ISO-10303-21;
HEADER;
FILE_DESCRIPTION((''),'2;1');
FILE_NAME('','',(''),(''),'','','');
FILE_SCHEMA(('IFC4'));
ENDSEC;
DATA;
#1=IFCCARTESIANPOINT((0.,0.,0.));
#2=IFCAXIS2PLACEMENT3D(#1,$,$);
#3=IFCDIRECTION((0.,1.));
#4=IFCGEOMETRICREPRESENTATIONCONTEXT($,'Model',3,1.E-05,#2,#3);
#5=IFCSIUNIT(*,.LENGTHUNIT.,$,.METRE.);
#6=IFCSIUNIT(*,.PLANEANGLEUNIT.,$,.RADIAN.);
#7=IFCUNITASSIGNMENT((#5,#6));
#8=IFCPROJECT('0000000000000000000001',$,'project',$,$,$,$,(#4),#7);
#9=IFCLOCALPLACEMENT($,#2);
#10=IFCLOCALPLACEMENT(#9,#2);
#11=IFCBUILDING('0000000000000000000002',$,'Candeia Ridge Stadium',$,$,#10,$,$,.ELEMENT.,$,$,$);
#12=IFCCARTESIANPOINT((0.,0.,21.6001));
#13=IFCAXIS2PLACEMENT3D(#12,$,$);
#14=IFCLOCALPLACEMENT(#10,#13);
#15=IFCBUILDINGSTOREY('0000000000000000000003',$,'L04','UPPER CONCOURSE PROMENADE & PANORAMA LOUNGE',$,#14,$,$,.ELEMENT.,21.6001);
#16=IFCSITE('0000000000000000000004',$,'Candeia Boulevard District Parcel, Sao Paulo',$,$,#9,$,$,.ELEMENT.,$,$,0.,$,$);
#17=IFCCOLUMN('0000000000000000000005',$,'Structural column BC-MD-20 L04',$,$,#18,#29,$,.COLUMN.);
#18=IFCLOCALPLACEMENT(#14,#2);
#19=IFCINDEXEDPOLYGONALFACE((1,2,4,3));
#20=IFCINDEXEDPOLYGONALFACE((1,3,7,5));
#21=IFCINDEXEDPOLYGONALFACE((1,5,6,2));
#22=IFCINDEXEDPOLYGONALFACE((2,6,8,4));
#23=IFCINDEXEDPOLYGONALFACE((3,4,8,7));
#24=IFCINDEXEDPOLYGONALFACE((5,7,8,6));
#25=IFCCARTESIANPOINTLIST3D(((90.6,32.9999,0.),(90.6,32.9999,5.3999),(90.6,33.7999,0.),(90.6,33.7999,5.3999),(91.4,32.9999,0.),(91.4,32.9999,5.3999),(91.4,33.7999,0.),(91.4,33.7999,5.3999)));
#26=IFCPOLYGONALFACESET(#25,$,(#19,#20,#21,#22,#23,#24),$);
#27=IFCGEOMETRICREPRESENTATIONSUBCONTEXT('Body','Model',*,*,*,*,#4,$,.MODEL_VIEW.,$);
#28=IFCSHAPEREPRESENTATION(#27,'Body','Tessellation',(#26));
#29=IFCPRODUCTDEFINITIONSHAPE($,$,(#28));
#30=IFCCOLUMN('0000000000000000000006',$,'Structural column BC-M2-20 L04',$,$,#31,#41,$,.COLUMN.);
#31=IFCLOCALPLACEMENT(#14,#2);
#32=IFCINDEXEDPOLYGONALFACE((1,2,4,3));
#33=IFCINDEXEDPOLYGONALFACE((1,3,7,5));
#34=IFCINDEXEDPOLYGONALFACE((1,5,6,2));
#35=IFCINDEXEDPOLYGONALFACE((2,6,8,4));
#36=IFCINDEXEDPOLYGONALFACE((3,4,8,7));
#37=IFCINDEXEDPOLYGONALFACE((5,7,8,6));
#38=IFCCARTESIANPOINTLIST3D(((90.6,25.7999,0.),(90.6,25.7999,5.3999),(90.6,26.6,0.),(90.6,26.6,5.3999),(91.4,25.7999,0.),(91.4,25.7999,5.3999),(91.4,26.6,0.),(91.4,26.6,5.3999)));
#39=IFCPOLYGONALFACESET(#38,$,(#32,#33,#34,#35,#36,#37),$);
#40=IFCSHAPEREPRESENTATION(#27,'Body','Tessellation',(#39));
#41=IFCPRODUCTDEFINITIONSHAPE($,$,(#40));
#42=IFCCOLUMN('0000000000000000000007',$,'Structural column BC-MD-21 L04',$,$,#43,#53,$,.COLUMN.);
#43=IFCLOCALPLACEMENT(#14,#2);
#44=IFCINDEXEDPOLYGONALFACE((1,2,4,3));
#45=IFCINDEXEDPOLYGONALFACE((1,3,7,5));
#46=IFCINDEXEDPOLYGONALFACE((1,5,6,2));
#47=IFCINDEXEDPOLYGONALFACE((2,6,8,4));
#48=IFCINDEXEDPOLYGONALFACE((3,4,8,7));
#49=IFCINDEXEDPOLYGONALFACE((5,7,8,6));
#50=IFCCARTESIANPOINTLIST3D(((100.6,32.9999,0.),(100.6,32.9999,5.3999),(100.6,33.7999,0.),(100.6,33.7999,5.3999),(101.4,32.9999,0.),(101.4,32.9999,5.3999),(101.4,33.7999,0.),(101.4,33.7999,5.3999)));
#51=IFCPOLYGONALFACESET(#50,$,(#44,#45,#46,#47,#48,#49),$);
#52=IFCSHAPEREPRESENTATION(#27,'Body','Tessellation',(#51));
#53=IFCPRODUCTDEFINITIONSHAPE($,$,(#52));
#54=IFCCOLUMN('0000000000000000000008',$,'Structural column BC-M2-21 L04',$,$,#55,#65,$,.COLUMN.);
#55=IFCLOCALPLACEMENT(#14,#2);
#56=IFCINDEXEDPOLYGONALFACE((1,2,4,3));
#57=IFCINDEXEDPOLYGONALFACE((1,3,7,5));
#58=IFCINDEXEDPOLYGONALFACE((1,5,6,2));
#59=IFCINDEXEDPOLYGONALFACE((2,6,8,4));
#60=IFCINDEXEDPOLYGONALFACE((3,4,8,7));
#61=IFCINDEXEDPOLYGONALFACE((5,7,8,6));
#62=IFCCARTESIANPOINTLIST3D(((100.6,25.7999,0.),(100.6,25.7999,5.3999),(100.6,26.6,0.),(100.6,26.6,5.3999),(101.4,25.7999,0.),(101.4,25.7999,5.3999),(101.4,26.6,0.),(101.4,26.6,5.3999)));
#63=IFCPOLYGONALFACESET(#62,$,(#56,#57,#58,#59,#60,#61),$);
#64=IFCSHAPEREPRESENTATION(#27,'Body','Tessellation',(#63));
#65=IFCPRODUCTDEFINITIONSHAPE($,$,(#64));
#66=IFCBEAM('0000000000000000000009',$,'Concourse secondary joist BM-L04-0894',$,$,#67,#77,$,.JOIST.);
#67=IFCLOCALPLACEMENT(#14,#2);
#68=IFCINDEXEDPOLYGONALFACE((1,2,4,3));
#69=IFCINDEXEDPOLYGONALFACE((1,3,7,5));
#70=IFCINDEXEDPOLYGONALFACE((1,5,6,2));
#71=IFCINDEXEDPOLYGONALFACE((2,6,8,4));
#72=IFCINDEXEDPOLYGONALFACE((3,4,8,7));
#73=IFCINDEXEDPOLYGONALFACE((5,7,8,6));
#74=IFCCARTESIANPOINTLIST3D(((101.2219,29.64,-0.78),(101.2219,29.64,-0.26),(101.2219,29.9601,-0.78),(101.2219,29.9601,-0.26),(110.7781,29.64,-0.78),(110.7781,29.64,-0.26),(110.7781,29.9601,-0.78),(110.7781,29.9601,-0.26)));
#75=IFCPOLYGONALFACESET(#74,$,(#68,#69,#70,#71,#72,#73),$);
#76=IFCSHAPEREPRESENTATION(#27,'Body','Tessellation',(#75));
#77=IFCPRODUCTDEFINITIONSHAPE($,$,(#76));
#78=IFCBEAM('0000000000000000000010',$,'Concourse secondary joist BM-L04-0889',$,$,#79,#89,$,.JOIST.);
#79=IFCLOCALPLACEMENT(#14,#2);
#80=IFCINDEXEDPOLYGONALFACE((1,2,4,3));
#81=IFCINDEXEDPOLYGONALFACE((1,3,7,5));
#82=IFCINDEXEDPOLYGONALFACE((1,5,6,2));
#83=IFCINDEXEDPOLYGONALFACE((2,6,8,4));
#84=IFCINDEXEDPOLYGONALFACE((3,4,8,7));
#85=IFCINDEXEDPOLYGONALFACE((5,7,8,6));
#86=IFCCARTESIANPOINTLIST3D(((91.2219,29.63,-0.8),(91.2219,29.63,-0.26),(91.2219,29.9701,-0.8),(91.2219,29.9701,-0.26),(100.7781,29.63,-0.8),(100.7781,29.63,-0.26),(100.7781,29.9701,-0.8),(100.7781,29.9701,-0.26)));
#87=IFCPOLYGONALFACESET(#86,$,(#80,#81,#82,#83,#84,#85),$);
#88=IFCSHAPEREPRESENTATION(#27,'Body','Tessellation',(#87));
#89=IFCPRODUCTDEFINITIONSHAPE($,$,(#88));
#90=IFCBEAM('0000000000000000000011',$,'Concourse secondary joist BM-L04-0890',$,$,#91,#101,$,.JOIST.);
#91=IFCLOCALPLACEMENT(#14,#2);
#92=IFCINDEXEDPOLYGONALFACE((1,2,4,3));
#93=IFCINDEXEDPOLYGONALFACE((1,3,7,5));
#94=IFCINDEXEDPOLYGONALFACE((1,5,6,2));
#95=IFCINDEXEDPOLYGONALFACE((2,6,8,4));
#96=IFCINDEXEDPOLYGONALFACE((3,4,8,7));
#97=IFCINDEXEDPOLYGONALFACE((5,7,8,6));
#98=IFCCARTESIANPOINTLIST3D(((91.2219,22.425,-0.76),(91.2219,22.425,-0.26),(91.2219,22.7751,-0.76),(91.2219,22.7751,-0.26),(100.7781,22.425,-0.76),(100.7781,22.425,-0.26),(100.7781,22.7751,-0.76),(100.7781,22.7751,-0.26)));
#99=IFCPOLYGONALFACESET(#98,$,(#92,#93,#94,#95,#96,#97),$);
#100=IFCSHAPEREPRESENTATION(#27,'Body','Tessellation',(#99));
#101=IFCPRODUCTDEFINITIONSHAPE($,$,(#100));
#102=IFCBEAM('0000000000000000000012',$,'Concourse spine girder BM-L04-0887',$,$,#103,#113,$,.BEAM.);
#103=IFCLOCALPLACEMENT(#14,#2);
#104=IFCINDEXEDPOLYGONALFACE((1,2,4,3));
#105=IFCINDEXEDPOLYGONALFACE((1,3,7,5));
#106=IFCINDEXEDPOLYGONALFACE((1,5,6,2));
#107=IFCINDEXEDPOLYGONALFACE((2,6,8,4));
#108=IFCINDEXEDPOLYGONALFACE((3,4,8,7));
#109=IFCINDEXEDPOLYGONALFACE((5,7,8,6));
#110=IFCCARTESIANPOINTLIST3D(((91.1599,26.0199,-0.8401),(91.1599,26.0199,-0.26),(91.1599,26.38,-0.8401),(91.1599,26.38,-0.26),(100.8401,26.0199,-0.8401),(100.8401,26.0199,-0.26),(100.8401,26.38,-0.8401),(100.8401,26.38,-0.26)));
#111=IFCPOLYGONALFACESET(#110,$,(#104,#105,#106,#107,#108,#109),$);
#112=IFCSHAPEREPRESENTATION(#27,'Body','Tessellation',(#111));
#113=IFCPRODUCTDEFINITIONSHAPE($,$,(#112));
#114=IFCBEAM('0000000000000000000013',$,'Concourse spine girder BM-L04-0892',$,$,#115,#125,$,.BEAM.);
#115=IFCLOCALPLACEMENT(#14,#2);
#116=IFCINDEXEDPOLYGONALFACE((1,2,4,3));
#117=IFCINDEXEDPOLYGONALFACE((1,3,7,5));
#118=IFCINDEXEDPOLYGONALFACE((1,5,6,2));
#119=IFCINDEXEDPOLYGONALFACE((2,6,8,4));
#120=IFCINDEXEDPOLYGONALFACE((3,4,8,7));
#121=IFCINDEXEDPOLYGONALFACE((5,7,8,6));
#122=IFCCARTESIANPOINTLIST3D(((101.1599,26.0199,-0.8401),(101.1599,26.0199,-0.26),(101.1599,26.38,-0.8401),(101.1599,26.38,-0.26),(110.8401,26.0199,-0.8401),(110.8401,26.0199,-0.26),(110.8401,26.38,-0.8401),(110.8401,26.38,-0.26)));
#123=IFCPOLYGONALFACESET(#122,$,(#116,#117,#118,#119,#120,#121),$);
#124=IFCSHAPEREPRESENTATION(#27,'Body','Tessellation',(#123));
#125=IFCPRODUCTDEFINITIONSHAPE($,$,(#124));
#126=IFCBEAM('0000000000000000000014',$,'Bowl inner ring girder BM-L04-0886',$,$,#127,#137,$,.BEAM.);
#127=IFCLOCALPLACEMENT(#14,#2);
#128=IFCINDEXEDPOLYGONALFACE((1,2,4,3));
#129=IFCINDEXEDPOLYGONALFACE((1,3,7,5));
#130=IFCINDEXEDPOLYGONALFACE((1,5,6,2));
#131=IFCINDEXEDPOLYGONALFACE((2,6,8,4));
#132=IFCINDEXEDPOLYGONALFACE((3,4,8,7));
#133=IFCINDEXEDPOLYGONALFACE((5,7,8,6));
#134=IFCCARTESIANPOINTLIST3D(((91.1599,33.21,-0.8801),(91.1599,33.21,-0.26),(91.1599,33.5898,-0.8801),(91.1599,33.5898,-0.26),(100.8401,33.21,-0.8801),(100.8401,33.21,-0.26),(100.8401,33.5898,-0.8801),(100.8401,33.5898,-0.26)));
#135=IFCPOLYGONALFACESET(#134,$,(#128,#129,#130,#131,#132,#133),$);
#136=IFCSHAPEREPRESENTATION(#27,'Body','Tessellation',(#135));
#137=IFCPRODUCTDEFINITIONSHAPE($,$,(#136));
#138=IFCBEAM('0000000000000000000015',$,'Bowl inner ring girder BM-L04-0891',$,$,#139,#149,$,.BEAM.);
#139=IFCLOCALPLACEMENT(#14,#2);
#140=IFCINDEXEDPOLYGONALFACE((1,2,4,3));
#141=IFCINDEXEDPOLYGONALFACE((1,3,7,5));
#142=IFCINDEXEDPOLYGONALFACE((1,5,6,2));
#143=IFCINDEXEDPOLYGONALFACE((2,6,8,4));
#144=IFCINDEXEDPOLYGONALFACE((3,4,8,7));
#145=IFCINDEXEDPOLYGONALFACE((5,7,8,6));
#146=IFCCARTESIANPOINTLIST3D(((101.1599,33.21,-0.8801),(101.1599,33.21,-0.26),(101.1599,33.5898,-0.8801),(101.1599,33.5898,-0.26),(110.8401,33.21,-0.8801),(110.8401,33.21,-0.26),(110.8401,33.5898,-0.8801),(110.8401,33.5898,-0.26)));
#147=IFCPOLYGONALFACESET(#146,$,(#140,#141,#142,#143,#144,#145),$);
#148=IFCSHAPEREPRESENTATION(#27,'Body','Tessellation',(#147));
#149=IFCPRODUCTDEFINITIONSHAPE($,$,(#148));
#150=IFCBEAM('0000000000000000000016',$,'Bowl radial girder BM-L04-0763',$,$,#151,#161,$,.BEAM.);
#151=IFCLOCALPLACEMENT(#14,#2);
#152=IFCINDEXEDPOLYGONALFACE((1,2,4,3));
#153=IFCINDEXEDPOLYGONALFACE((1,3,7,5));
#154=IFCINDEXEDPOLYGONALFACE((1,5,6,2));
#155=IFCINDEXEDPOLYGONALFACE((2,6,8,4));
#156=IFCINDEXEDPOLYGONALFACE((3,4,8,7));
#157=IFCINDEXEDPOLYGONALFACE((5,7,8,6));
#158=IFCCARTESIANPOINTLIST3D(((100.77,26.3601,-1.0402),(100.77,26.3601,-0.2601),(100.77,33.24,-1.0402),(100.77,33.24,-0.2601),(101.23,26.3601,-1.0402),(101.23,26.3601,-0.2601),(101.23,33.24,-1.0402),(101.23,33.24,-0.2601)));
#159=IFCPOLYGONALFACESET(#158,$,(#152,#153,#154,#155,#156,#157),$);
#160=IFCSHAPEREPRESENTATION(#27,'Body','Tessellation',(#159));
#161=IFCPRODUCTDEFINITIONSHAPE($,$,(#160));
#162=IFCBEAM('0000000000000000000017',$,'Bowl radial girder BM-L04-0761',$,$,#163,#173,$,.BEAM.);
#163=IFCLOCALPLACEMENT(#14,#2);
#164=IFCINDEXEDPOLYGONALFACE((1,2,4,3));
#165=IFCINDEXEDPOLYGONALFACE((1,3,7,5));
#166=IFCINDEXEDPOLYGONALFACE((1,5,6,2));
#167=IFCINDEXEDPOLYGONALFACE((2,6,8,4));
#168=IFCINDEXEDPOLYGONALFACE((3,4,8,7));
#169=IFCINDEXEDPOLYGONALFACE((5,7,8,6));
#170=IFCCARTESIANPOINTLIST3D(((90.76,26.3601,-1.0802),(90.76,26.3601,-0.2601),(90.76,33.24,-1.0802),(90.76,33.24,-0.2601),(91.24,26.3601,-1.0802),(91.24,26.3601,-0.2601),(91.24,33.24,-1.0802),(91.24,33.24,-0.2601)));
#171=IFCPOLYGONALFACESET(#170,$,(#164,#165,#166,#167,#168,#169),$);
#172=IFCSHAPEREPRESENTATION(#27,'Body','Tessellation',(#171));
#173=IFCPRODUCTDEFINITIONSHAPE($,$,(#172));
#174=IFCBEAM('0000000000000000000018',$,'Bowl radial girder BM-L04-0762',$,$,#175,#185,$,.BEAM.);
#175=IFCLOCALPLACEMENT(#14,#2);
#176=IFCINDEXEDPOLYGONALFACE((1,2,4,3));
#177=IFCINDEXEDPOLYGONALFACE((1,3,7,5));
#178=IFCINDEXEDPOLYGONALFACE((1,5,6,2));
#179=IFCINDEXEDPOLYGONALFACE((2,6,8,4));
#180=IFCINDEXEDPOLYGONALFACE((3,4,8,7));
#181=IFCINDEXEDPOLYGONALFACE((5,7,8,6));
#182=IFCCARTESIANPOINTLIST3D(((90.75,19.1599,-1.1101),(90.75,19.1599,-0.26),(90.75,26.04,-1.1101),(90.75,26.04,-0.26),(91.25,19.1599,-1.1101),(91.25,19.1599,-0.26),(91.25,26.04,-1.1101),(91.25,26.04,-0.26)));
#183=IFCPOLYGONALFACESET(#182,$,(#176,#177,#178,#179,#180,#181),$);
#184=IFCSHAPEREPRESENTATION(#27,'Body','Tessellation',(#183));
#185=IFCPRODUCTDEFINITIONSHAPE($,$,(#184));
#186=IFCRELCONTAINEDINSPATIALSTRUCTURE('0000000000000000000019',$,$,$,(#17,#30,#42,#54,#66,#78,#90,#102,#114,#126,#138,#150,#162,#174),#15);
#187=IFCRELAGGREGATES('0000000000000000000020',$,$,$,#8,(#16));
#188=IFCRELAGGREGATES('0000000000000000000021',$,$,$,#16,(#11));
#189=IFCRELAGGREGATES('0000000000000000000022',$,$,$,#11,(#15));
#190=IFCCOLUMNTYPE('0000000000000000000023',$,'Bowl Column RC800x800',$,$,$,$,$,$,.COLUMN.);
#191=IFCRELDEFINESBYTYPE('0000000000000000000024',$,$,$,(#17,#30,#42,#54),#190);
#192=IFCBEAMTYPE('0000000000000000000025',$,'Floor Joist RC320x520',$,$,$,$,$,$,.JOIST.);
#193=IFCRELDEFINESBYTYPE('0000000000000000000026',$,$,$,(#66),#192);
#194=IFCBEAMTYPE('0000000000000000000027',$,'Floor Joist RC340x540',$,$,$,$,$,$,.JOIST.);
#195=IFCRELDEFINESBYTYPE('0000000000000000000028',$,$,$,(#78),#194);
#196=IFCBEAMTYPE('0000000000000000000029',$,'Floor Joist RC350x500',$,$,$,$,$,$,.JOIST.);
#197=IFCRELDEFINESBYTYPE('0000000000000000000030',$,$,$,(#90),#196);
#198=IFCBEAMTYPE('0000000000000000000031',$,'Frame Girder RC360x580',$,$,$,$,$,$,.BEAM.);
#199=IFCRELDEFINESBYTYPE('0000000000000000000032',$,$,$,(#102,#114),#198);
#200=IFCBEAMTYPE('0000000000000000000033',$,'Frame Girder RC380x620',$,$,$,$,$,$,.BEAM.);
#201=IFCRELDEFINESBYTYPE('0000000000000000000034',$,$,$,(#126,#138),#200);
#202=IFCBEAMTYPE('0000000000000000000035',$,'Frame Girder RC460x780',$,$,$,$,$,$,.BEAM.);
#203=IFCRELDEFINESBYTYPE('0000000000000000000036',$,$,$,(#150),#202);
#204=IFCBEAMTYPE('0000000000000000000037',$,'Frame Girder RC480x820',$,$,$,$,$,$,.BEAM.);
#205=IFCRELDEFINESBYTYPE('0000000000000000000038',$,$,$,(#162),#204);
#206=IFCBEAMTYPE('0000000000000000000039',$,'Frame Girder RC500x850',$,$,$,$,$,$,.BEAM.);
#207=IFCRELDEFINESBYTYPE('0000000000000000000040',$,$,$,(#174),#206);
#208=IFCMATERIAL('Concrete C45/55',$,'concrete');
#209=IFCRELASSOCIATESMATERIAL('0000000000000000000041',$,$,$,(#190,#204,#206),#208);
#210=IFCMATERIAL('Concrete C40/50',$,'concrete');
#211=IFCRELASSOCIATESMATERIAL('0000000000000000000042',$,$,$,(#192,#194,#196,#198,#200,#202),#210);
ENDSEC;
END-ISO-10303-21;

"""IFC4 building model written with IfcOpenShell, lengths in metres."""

from ifc_helpers import new_model, si_unit, direction, frame, origin, origin_2d, place, context, subcontext, project, spatial, rectangle, extrude, material, material_profile, profile_set, type_object, element, save


model = new_model("IFC4")

# Units and contexts
model_context = context("Model", 3, precision=1e-05, world=origin(), true_north=direction((0.0, 1.0)))
body_context = subcontext(model_context, "Body", "Model", "MODEL_VIEW")
ifc_project = project(units=[si_unit("LENGTHUNIT", "METRE"), si_unit("PLANEANGLEUNIT", "RADIAN")], contexts=[model_context])

# Site, building, storey
site_placement = place(None, origin())
site = spatial("IfcSite", under=ifc_project, at=site_placement, Name="Candeia Boulevard District Parcel, Sao Paulo", CompositionType="ELEMENT", RefElevation=0.0)
building_placement = place(site_placement, origin())
building = spatial("IfcBuilding", under=site, at=building_placement, Name="Candeia Ridge Stadium", CompositionType="ELEMENT")
storey_placement = place(building_placement, frame((0.0, 0.0, 21.6001)))
storey = spatial("IfcBuildingStorey", under=building, at=storey_placement, Name="L04", Description="UPPER CONCOURSE PROMENADE & PANORAMA LOUNGE", CompositionType="ELEMENT", Elevation=21.6001)

# Columns
ifc_material_1 = material(Name="Concrete C45/55", Category="concrete")
ifc_material_profile_1 = material_profile(ifc_material_1, rectangle(XDim=0.8, YDim=0.8, at=origin_2d()), Name="RC800x800", Category="concrete")
ifc_profile_set_1 = profile_set([ifc_material_profile_1], Name="Concrete C45/55")
column_type = type_object("IfcColumnType", Name="Bowl Column RC800x800", PredefinedType="COLUMN", material=ifc_profile_set_1)
for number, where, z_axis, x_axis, name in (
    (1, (91.0, 33.3999, 0.0), (0.0, 0.0, 1.0), (1.0, 0.0, 0.0), "Structural column BC-MD-20 L04"),
    (2, (91.0, 26.2, 0.0), (0.0, 0.0, 1.0), (1.0, 0.0, 0.0), "Structural column BC-M2-20 L04"),
    (3, (101.0, 33.3999, 0.0), (0.0, 0.0, 1.0), (1.0, 0.0, 0.0), "Structural column BC-MD-21 L04"),
    (4, (101.0, 26.2, 0.0), (0.0, 0.0, 1.0), (1.0, 0.0, 0.0), "Structural column BC-M2-21 L04"),
):
    element("IfcColumn", number, at=place(storey_placement, frame(where, z_axis=z_axis, x_axis=x_axis)), inside=storey, type_object=column_type, Name=name, PredefinedType="COLUMN", context=body_context, shape_type="SweptSolid", body=[
        extrude(rectangle(XDim=0.8, YDim=0.8, at=origin_2d()), origin(), (0.0, 0.0, 1.0), 5.3999),
    ])

# Beams
ifc_material_2 = material(Name="Concrete C40/50", Category="concrete")
ifc_material_profile_2 = material_profile(ifc_material_2, rectangle(XDim=0.3201, YDim=0.52, at=origin_2d()), Name="RC320x520", Category="concrete")
ifc_profile_set_2 = profile_set([ifc_material_profile_2], Name="Concrete C40/50")
beam_type_1 = type_object("IfcBeamType", Name="Floor Joist RC320x520", PredefinedType="JOIST", material=ifc_profile_set_2)
beam_1_placement = place(storey_placement, frame((101.2219, 29.8, -0.52), z_axis=(1.0, 0.0, 0.0), x_axis=(0.0, 1.0, 0.0)))
element("IfcBeam", 5, at=beam_1_placement, inside=storey, type_object=beam_type_1, Name="Concourse secondary joist BM-L04-0894", PredefinedType="JOIST", context=body_context, shape_type="SweptSolid", body=[
    extrude(rectangle(XDim=0.3201, YDim=0.52, at=origin_2d()), origin(), (0.0, 0.0, 1.0), 9.5562),
])
ifc_material_profile_3 = material_profile(ifc_material_2, rectangle(XDim=0.3401, YDim=0.54, at=origin_2d()), Name="RC340x540", Category="concrete")
ifc_profile_set_3 = profile_set([ifc_material_profile_3], Name="Concrete C40/50")
beam_type_2 = type_object("IfcBeamType", Name="Floor Joist RC340x540", PredefinedType="JOIST", material=ifc_profile_set_3)
beam_2_placement = place(storey_placement, frame((91.2219, 29.8, -0.53), z_axis=(1.0, 0.0, 0.0), x_axis=(0.0, 1.0, 0.0)))
element("IfcBeam", 6, at=beam_2_placement, inside=storey, type_object=beam_type_2, Name="Concourse secondary joist BM-L04-0889", PredefinedType="JOIST", context=body_context, shape_type="SweptSolid", body=[
    extrude(rectangle(XDim=0.3401, YDim=0.54, at=origin_2d()), origin(), (0.0, 0.0, 1.0), 9.5562),
])
ifc_material_profile_4 = material_profile(ifc_material_2, rectangle(XDim=0.3501, YDim=0.5, at=origin_2d()), Name="RC350x500", Category="concrete")
ifc_profile_set_4 = profile_set([ifc_material_profile_4], Name="Concrete C40/50")
beam_type_3 = type_object("IfcBeamType", Name="Floor Joist RC350x500", PredefinedType="JOIST", material=ifc_profile_set_4)
beam_3_placement = place(storey_placement, frame((91.2219, 22.6001, -0.51), z_axis=(1.0, 0.0, 0.0), x_axis=(0.0, 1.0, 0.0)))
element("IfcBeam", 7, at=beam_3_placement, inside=storey, type_object=beam_type_3, Name="Concourse secondary joist BM-L04-0890", PredefinedType="JOIST", context=body_context, shape_type="SweptSolid", body=[
    extrude(rectangle(XDim=0.3501, YDim=0.5, at=origin_2d()), origin(), (0.0, 0.0, 1.0), 9.5562),
])
ifc_material_profile_5 = material_profile(ifc_material_2, rectangle(XDim=0.3601, YDim=0.5801, at=origin_2d()), Name="RC360x580", Category="concrete")
ifc_profile_set_5 = profile_set([ifc_material_profile_5], Name="Concrete C40/50")
beam_type_4 = type_object("IfcBeamType", Name="Frame Girder RC360x580", PredefinedType="BEAM", material=ifc_profile_set_5)
for number, where, z_axis, x_axis, name in (
    (8, (91.1599, 26.2, -0.55), (1.0, 0.0, 0.0), (0.0, 1.0, 0.0), "Concourse spine girder BM-L04-0887"),
    (9, (101.1599, 26.2, -0.55), (1.0, 0.0, 0.0), (0.0, 1.0, 0.0), "Concourse spine girder BM-L04-0892"),
):
    element("IfcBeam", number, at=place(storey_placement, frame(where, z_axis=z_axis, x_axis=x_axis)), inside=storey, type_object=beam_type_4, Name=name, PredefinedType="BEAM", context=body_context, shape_type="SweptSolid", body=[
        extrude(rectangle(XDim=0.3601, YDim=0.5801, at=origin_2d()), origin(), (0.0, 0.0, 1.0), 9.6802),
    ])
ifc_material_profile_6 = material_profile(ifc_material_2, rectangle(XDim=0.3799, YDim=0.6201, at=origin_2d()), Name="RC380x620", Category="concrete")
ifc_profile_set_6 = profile_set([ifc_material_profile_6], Name="Concrete C40/50")
beam_type_5 = type_object("IfcBeamType", Name="Frame Girder RC380x620", PredefinedType="BEAM", material=ifc_profile_set_6)
for number, where, z_axis, x_axis, name in (
    (10, (91.1599, 33.3999, -0.5701), (1.0, 0.0, 0.0), (0.0, 1.0, 0.0), "Bowl inner ring girder BM-L04-0886"),
    (11, (101.1599, 33.3999, -0.5701), (1.0, 0.0, 0.0), (0.0, 1.0, 0.0), "Bowl inner ring girder BM-L04-0891"),
):
    element("IfcBeam", number, at=place(storey_placement, frame(where, z_axis=z_axis, x_axis=x_axis)), inside=storey, type_object=beam_type_5, Name=name, PredefinedType="BEAM", context=body_context, shape_type="SweptSolid", body=[
        extrude(rectangle(XDim=0.3799, YDim=0.6201, at=origin_2d()), origin(), (0.0, 0.0, 1.0), 9.6802),
    ])
ifc_material_profile_7 = material_profile(ifc_material_2, rectangle(XDim=0.46, YDim=0.78, at=origin_2d()), Name="RC460x780", Category="concrete")
ifc_profile_set_7 = profile_set([ifc_material_profile_7], Name="Concrete C40/50")
beam_type_6 = type_object("IfcBeamType", Name="Frame Girder RC460x780", PredefinedType="BEAM", material=ifc_profile_set_7)
beam_4_placement = place(storey_placement, frame((101.0, 33.24, -0.6501), z_axis=(0.0, -1.0, 0.0), x_axis=(1.0, 0.0, 0.0)))
element("IfcBeam", 12, at=beam_4_placement, inside=storey, type_object=beam_type_6, Name="Bowl radial girder BM-L04-0763", PredefinedType="BEAM", context=body_context, shape_type="SweptSolid", body=[
    extrude(rectangle(XDim=0.46, YDim=0.78, at=origin_2d()), origin(), (0.0, 0.0, 1.0), 6.8799),
])
ifc_material_profile_8 = material_profile(ifc_material_1, rectangle(XDim=0.48, YDim=0.8201, at=origin_2d()), Name="RC480x820", Category="concrete")
ifc_profile_set_8 = profile_set([ifc_material_profile_8], Name="Concrete C45/55")
beam_type_7 = type_object("IfcBeamType", Name="Frame Girder RC480x820", PredefinedType="BEAM", material=ifc_profile_set_8)
beam_5_placement = place(storey_placement, frame((91.0, 33.24, -0.6702), z_axis=(0.0, -1.0, 0.0), x_axis=(1.0, 0.0, 0.0)))
element("IfcBeam", 13, at=beam_5_placement, inside=storey, type_object=beam_type_7, Name="Bowl radial girder BM-L04-0761", PredefinedType="BEAM", context=body_context, shape_type="SweptSolid", body=[
    extrude(rectangle(XDim=0.48, YDim=0.8201, at=origin_2d()), origin(), (0.0, 0.0, 1.0), 6.8799),
])
ifc_material_profile_9 = material_profile(ifc_material_1, rectangle(XDim=0.5, YDim=0.8501, at=origin_2d()), Name="RC500x850", Category="concrete")
ifc_profile_set_9 = profile_set([ifc_material_profile_9], Name="Concrete C45/55")
beam_type_8 = type_object("IfcBeamType", Name="Frame Girder RC500x850", PredefinedType="BEAM", material=ifc_profile_set_9)
beam_6_placement = place(storey_placement, frame((91.0, 26.04, -0.6851), z_axis=(0.0, -1.0, 0.0), x_axis=(1.0, 0.0, 0.0)))
element("IfcBeam", 14, at=beam_6_placement, inside=storey, type_object=beam_type_8, Name="Bowl radial girder BM-L04-0762", PredefinedType="BEAM", context=body_context, shape_type="SweptSolid", body=[
    extrude(rectangle(XDim=0.5, YDim=0.8501, at=origin_2d()), origin(), (0.0, 0.0, 1.0), 6.8801),
])

save(model, "model.ifc")
